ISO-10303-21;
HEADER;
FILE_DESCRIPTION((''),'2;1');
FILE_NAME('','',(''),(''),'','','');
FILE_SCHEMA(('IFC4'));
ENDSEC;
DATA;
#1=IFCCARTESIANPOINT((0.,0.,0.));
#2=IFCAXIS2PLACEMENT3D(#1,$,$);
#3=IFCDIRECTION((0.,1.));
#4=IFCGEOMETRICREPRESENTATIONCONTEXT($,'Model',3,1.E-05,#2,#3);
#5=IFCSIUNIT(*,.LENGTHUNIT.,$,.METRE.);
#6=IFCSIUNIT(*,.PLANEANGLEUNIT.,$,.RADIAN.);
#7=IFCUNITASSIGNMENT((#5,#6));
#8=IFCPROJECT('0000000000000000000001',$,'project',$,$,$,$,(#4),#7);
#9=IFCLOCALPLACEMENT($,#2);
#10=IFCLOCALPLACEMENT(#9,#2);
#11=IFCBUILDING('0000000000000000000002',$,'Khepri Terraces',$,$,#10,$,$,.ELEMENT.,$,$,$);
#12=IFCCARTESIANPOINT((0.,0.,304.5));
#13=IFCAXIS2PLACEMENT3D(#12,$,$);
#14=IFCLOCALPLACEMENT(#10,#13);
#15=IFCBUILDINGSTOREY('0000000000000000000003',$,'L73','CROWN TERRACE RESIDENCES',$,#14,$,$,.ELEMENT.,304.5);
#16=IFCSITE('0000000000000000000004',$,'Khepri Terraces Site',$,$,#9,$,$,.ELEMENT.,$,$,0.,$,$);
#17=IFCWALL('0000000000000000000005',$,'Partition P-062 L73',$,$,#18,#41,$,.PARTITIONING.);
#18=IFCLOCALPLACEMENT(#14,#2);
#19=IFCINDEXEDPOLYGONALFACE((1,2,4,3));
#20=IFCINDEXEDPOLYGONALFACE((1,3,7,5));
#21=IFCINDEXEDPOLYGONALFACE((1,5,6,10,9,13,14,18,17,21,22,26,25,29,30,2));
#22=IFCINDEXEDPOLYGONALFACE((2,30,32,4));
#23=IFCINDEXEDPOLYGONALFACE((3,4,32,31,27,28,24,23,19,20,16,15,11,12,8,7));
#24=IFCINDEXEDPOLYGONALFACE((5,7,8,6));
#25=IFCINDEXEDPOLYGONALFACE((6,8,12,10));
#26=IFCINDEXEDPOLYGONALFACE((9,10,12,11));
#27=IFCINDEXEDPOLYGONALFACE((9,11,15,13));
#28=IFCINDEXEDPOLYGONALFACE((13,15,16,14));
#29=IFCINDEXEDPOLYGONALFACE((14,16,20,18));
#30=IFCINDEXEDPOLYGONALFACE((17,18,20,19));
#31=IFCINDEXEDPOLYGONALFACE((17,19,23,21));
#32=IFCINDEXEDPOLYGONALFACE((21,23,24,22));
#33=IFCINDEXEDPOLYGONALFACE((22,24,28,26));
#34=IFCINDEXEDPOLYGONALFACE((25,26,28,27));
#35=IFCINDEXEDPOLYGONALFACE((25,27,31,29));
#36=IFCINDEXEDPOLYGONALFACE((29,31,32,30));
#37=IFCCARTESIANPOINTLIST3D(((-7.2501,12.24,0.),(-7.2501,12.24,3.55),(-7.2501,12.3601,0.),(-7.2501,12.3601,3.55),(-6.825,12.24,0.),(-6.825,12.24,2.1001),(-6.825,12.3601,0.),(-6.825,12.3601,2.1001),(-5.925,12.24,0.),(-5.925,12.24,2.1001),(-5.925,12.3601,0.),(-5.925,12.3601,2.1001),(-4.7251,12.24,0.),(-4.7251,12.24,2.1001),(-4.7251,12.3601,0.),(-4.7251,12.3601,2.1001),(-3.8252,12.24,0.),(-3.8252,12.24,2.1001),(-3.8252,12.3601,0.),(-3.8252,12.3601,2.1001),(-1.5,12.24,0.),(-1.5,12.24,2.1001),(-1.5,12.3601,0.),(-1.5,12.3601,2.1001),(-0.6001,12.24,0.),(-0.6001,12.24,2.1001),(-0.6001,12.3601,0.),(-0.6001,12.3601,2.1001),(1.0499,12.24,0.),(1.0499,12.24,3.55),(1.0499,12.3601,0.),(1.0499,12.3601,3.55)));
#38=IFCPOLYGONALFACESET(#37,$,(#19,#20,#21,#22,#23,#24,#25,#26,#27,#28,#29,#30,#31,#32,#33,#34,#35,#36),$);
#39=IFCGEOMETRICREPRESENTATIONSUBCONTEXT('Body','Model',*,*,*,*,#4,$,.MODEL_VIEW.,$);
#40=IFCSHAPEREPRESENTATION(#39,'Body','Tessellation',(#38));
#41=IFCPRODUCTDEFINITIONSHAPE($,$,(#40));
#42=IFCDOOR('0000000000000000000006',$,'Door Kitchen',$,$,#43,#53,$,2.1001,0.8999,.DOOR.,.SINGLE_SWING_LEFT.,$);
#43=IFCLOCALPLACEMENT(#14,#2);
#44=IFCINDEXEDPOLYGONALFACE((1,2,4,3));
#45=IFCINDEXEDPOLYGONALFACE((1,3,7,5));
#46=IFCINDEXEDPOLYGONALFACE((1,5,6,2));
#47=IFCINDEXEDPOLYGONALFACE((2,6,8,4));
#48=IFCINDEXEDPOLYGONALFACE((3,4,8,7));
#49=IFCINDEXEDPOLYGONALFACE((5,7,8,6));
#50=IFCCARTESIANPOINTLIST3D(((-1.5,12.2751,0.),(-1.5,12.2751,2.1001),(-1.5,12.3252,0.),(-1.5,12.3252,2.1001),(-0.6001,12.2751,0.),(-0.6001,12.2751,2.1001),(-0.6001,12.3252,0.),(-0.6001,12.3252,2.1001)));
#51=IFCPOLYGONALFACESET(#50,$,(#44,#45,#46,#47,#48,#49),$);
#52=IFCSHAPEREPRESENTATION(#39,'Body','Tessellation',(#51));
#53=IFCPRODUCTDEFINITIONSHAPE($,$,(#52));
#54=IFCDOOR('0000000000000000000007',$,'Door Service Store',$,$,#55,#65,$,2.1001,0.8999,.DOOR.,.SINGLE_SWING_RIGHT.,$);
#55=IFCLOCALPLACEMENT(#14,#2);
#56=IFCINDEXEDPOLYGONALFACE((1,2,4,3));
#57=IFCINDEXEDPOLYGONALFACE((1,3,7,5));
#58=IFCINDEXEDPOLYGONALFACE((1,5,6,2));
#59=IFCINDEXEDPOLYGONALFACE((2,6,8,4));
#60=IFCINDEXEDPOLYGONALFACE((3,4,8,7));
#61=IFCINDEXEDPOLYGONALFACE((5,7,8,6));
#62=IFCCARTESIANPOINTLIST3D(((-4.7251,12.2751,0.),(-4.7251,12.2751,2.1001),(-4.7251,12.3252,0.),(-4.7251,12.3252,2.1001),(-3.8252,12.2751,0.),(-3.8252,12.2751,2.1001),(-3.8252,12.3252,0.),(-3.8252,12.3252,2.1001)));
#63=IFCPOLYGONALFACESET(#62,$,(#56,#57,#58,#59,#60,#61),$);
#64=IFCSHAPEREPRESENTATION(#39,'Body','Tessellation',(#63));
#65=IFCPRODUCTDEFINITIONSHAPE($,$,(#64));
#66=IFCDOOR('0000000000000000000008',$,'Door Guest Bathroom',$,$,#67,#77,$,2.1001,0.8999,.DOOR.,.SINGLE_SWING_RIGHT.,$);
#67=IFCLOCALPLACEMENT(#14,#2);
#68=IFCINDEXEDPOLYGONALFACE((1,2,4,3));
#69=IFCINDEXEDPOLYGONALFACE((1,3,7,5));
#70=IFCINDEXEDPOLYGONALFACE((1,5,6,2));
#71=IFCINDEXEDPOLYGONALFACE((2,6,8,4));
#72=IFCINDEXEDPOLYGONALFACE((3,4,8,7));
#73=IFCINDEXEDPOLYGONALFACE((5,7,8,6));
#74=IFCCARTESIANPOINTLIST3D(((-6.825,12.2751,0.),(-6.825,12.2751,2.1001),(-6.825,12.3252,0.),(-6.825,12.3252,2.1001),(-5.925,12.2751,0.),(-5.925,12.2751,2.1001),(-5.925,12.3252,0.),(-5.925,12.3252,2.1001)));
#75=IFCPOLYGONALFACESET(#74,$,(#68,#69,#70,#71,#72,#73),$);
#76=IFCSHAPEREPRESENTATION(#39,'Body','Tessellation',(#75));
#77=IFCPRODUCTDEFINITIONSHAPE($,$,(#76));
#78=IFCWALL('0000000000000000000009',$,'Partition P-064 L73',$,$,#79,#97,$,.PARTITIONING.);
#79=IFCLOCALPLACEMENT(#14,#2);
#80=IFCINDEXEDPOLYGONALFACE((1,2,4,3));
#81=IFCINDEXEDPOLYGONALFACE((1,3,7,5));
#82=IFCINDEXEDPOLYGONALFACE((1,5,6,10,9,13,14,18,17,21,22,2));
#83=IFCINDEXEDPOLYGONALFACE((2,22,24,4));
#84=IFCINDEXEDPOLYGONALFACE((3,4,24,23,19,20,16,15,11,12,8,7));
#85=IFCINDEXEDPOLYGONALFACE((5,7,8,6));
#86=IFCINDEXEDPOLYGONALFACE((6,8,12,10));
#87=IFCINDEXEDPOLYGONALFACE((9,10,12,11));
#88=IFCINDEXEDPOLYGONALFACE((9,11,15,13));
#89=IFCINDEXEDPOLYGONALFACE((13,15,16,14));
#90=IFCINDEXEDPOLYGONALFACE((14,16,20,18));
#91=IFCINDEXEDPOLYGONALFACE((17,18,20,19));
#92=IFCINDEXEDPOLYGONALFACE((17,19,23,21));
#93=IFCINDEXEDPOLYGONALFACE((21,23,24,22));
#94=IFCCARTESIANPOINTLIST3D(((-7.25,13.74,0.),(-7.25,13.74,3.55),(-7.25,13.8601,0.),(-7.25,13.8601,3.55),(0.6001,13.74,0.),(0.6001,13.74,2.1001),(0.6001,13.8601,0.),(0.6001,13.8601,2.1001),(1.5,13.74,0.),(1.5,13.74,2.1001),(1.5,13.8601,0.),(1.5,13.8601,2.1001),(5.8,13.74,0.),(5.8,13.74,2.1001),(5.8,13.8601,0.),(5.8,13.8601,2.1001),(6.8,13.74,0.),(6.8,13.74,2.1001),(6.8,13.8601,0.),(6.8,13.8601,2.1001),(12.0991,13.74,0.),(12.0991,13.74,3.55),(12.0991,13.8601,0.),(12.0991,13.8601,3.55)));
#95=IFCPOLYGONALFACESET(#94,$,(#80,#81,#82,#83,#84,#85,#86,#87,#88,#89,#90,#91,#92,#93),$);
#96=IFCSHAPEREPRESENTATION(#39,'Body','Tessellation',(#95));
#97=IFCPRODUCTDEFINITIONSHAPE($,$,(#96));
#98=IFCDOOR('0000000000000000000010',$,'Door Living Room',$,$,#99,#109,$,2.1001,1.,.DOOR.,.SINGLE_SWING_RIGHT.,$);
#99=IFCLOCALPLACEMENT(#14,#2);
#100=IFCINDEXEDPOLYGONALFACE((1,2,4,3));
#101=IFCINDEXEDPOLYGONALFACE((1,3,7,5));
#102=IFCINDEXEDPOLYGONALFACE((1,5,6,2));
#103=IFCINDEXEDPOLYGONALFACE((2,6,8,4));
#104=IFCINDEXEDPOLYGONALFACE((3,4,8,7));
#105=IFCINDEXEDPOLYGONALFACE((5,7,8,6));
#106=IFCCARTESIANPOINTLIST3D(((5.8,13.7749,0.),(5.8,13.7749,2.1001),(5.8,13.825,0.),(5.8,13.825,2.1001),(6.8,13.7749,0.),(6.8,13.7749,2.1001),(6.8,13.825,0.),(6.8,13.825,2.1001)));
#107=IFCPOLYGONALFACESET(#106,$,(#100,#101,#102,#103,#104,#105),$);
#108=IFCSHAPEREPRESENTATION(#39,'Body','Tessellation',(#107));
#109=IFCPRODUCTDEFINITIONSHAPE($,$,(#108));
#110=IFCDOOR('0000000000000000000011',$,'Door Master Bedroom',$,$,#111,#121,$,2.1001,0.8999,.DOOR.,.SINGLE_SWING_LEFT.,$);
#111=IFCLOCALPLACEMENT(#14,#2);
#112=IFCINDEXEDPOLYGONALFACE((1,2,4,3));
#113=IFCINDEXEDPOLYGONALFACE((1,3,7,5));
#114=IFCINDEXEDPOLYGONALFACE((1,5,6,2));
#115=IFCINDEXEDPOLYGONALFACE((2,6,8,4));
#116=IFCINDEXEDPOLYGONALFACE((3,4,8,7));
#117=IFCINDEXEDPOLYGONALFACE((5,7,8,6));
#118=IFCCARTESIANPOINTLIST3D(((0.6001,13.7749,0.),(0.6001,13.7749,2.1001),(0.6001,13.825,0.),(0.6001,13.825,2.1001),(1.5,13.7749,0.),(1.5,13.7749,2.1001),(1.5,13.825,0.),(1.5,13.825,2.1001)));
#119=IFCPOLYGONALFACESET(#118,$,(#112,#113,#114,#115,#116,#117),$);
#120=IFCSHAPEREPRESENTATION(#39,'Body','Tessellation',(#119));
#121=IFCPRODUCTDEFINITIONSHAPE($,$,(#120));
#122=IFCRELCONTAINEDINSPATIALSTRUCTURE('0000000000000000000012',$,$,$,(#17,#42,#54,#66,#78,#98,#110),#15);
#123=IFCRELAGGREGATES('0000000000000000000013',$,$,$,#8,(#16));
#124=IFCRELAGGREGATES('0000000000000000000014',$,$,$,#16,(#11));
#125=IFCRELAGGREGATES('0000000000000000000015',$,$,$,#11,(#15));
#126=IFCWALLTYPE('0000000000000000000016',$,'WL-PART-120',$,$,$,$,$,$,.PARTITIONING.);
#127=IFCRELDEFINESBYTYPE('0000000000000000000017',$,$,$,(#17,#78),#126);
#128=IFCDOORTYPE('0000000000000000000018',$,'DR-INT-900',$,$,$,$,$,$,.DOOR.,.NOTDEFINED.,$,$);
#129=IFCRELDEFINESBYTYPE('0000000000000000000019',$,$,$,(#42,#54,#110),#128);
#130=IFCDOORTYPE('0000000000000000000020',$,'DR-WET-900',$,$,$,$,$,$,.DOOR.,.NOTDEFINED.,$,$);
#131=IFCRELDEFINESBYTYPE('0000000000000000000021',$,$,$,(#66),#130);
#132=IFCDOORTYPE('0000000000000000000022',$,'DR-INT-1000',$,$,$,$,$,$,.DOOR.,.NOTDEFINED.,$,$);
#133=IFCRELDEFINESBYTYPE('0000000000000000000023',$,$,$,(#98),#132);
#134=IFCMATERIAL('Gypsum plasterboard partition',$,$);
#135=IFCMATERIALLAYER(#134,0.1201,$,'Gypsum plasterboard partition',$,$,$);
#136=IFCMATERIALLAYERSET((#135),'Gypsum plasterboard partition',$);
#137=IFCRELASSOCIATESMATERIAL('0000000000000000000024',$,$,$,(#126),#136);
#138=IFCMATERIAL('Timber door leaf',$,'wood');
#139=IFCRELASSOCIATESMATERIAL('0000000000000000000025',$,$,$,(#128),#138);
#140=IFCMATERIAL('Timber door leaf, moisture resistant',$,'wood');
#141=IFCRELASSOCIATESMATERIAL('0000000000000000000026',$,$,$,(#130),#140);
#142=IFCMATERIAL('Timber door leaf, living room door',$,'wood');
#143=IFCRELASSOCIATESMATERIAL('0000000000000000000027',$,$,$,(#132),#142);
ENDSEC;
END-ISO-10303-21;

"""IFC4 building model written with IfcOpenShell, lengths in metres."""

from ifc_helpers import new_model, si_unit, direction, frame, frame_2d, origin, place, context, subcontext, project, spatial, rectangle, extrude, material, layer, layer_set, type_object, element, fill, save


model = new_model("IFC4")

# Units and contexts
model_context = context("Model", 3, precision=1e-05, world=origin(), true_north=direction((0.0, 1.0)))
body_context = subcontext(model_context, "Body", "Model", "MODEL_VIEW")
ifc_project = project(units=[si_unit("LENGTHUNIT", "METRE"), si_unit("PLANEANGLEUNIT", "RADIAN")], contexts=[model_context])

# Site, building, storey
site_placement = place(None, origin())
site = spatial("IfcSite", under=ifc_project, at=site_placement, Name="Khepri Terraces Site", CompositionType="ELEMENT", RefElevation=0.0)
building_placement = place(site_placement, origin())
building = spatial("IfcBuilding", under=site, at=building_placement, Name="Khepri Terraces", CompositionType="ELEMENT")
storey_placement = place(building_placement, frame((0.0, 0.0, 304.5)))
storey = spatial("IfcBuildingStorey", under=building, at=storey_placement, Name="L73", Description="CROWN TERRACE RESIDENCES", CompositionType="ELEMENT", Elevation=304.5)

# Shared definitions
ifc_material_1 = material(Name="Gypsum plasterboard partition")
ifc_layer_1 = layer(ifc_material_1, 0.1201, Name="Gypsum plasterboard partition")
ifc_layer_set_1 = layer_set([ifc_layer_1], Name="Gypsum plasterboard partition")
wall_type_1 = type_object("IfcWallType", Name="WL-PART-120", PredefinedType="PARTITIONING", material=ifc_layer_set_1)

# Walls, openings, doors
wall_1_placement = place(storey_placement, frame((-7.25, 12.3, 0.0), z_axis=(0.0, 0.0, 1.0), x_axis=(1.0, 0.0, 0.0)))
wall_1 = element("IfcWall", 1, at=wall_1_placement, inside=storey, type_object=wall_type_1, Name="Partition P-062 L73", PredefinedType="PARTITIONING", context=body_context, shape_type="SweptSolid", body=[
    extrude(rectangle(XDim=8.3, YDim=0.1201, at=frame_2d((4.1499, 0.0))), origin(), (0.0, 0.0, 1.0), 3.55),
])
opening_1_placement = place(wall_1_placement, frame((5.75, 0.0, 0.0)))
opening_1 = element("IfcOpeningElement", 2, at=opening_1_placement, cuts=wall_1, PredefinedType="OPENING", context=body_context, shape_type="SweptSolid", body=[
    extrude(rectangle(XDim=0.8999, YDim=2.1001, at=frame_2d((0.45, 1.05))), frame((0.0, 0.0701, 0.0), z_axis=(0.0, -1.0, 0.0), x_axis=(1.0, 0.0, 0.0)), (0.0, 0.0, 1.0), 0.1401),
])
opening_2_placement = place(wall_1_placement, frame((2.5249, 0.0, 0.0)))
opening_2 = element("IfcOpeningElement", 3, at=opening_2_placement, cuts=wall_1, PredefinedType="OPENING", context=body_context, shape_type="SweptSolid", body=[
    extrude(rectangle(XDim=0.8999, YDim=2.1001, at=frame_2d((0.45, 1.05))), frame((0.0, 0.0701, 0.0), z_axis=(0.0, -1.0, 0.0), x_axis=(1.0, 0.0, 0.0)), (0.0, 0.0, 1.0), 0.1401),
])
opening_3_placement = place(wall_1_placement, frame((0.425, 0.0, 0.0)))
opening_3 = element("IfcOpeningElement", 4, at=opening_3_placement, cuts=wall_1, PredefinedType="OPENING", context=body_context, shape_type="SweptSolid", body=[
    extrude(rectangle(XDim=0.8999, YDim=2.1001, at=frame_2d((0.45, 1.05))), frame((0.0, 0.0701, 0.0), z_axis=(0.0, -1.0, 0.0), x_axis=(1.0, 0.0, 0.0)), (0.0, 0.0, 1.0), 0.1401),
])
ifc_material_2 = material(Name="Timber door leaf", Category="wood")
door_type_1 = type_object("IfcDoorType", Name="DR-INT-900", OperationType="NOTDEFINED", PredefinedType="DOOR", material=ifc_material_2)
door_1_placement = place(opening_1_placement, frame((0.8999, 0.0, 0.0), z_axis=(0.0, 0.0, 1.0), x_axis=(-1.0, 0.0, 0.0)))
door_1 = element("IfcDoor", 5, at=door_1_placement, inside=storey, type_object=door_type_1, Name="Door Kitchen", OperationType="SINGLE_SWING_LEFT", OverallHeight=2.1001, OverallWidth=0.8999, PredefinedType="DOOR", context=body_context, shape_type="SweptSolid", body=[
    extrude(rectangle(XDim=0.8999, YDim=2.1001, at=frame_2d((0.45, 1.05))), frame((0.0, 0.0249, 0.0), z_axis=(0.0, -1.0, 0.0), x_axis=(1.0, 0.0, 0.0)), (0.0, 0.0, 1.0), 0.05),
])
fill(opening_1, door_1)
door_2_placement = place(opening_2_placement, frame((0.8999, 0.0, 0.0), z_axis=(0.0, 0.0, 1.0), x_axis=(-1.0, 0.0, 0.0)))
door_2 = element("IfcDoor", 6, at=door_2_placement, inside=storey, type_object=door_type_1, Name="Door Service Store", OperationType="SINGLE_SWING_RIGHT", OverallHeight=2.1001, OverallWidth=0.8999, PredefinedType="DOOR", context=body_context, shape_type="SweptSolid", body=[
    extrude(rectangle(XDim=0.8999, YDim=2.1001, at=frame_2d((0.45, 1.05))), frame((0.0, 0.0249, 0.0), z_axis=(0.0, -1.0, 0.0), x_axis=(1.0, 0.0, 0.0)), (0.0, 0.0, 1.0), 0.05),
])
fill(opening_2, door_2)
ifc_material_3 = material(Name="Timber door leaf, moisture resistant", Category="wood")
door_type_2 = type_object("IfcDoorType", Name="DR-WET-900", OperationType="NOTDEFINED", PredefinedType="DOOR", material=ifc_material_3)
door_3_placement = place(opening_3_placement, frame((0.8999, 0.0, 0.0), z_axis=(0.0, 0.0, 1.0), x_axis=(-1.0, 0.0, 0.0)))
door_3 = element("IfcDoor", 7, at=door_3_placement, inside=storey, type_object=door_type_2, Name="Door Guest Bathroom", OperationType="SINGLE_SWING_RIGHT", OverallHeight=2.1001, OverallWidth=0.8999, PredefinedType="DOOR", context=body_context, shape_type="SweptSolid", body=[
    extrude(rectangle(XDim=0.8999, YDim=2.1001, at=frame_2d((0.45, 1.05))), frame((0.0, 0.0249, 0.0), z_axis=(0.0, -1.0, 0.0), x_axis=(1.0, 0.0, 0.0)), (0.0, 0.0, 1.0), 0.05),
])
fill(opening_3, door_3)
wall_2_placement = place(storey_placement, frame((-7.25, 13.8, 0.0), z_axis=(0.0, 0.0, 1.0), x_axis=(1.0, 0.0, 0.0)))
wall_2 = element("IfcWall", 8, at=wall_2_placement, inside=storey, type_object=wall_type_1, Name="Partition P-064 L73", PredefinedType="PARTITIONING", context=body_context, shape_type="SweptSolid", body=[
    extrude(rectangle(XDim=19.3491, YDim=0.1201, at=frame_2d((9.6746, 0.0))), origin(), (0.0, 0.0, 1.0), 3.55),
])
opening_4_placement = place(wall_2_placement, frame((13.05, 0.0, 0.0)))
opening_4 = element("IfcOpeningElement", 9, at=opening_4_placement, cuts=wall_2, PredefinedType="OPENING", context=body_context, shape_type="SweptSolid", body=[
    extrude(rectangle(XDim=1.0, YDim=2.1001, at=frame_2d((0.5, 1.05))), frame((0.0, 0.0701, 0.0), z_axis=(0.0, -1.0, 0.0), x_axis=(1.0, 0.0, 0.0)), (0.0, 0.0, 1.0), 0.1401),
])
opening_5_placement = place(wall_2_placement, frame((7.8501, 0.0, 0.0)))
opening_5 = element("IfcOpeningElement", 10, at=opening_5_placement, cuts=wall_2, PredefinedType="OPENING", context=body_context, shape_type="SweptSolid", body=[
    extrude(rectangle(XDim=0.8999, YDim=2.1001, at=frame_2d((0.45, 1.05))), frame((0.0, 0.0701, 0.0), z_axis=(0.0, -1.0, 0.0), x_axis=(1.0, 0.0, 0.0)), (0.0, 0.0, 1.0), 0.1401),
])
ifc_material_4 = material(Name="Timber door leaf, living room door", Category="wood")
door_type_3 = type_object("IfcDoorType", Name="DR-INT-1000", OperationType="NOTDEFINED", PredefinedType="DOOR", material=ifc_material_4)
door_4_placement = place(opening_4_placement, origin())
door_4 = element("IfcDoor", 11, at=door_4_placement, inside=storey, type_object=door_type_3, Name="Door Living Room", OperationType="SINGLE_SWING_RIGHT", OverallHeight=2.1001, OverallWidth=1.0, PredefinedType="DOOR", context=body_context, shape_type="SweptSolid", body=[
    extrude(rectangle(XDim=1.0, YDim=2.1001, at=frame_2d((0.5, 1.05))), frame((0.0, 0.0249, 0.0), z_axis=(0.0, -1.0, 0.0), x_axis=(1.0, 0.0, 0.0)), (0.0, 0.0, 1.0), 0.05),
])
fill(opening_4, door_4)
door_5_placement = place(opening_5_placement, origin())
door_5 = element("IfcDoor", 12, at=door_5_placement, inside=storey, type_object=door_type_1, Name="Door Master Bedroom", OperationType="SINGLE_SWING_LEFT", OverallHeight=2.1001, OverallWidth=0.8999, PredefinedType="DOOR", context=body_context, shape_type="SweptSolid", body=[
    extrude(rectangle(XDim=0.8999, YDim=2.1001, at=frame_2d((0.45, 1.05))), frame((0.0, 0.0249, 0.0), z_axis=(0.0, -1.0, 0.0), x_axis=(1.0, 0.0, 0.0)), (0.0, 0.0, 1.0), 0.05),
])
fill(opening_5, door_5)

save(model, "model.ifc")
